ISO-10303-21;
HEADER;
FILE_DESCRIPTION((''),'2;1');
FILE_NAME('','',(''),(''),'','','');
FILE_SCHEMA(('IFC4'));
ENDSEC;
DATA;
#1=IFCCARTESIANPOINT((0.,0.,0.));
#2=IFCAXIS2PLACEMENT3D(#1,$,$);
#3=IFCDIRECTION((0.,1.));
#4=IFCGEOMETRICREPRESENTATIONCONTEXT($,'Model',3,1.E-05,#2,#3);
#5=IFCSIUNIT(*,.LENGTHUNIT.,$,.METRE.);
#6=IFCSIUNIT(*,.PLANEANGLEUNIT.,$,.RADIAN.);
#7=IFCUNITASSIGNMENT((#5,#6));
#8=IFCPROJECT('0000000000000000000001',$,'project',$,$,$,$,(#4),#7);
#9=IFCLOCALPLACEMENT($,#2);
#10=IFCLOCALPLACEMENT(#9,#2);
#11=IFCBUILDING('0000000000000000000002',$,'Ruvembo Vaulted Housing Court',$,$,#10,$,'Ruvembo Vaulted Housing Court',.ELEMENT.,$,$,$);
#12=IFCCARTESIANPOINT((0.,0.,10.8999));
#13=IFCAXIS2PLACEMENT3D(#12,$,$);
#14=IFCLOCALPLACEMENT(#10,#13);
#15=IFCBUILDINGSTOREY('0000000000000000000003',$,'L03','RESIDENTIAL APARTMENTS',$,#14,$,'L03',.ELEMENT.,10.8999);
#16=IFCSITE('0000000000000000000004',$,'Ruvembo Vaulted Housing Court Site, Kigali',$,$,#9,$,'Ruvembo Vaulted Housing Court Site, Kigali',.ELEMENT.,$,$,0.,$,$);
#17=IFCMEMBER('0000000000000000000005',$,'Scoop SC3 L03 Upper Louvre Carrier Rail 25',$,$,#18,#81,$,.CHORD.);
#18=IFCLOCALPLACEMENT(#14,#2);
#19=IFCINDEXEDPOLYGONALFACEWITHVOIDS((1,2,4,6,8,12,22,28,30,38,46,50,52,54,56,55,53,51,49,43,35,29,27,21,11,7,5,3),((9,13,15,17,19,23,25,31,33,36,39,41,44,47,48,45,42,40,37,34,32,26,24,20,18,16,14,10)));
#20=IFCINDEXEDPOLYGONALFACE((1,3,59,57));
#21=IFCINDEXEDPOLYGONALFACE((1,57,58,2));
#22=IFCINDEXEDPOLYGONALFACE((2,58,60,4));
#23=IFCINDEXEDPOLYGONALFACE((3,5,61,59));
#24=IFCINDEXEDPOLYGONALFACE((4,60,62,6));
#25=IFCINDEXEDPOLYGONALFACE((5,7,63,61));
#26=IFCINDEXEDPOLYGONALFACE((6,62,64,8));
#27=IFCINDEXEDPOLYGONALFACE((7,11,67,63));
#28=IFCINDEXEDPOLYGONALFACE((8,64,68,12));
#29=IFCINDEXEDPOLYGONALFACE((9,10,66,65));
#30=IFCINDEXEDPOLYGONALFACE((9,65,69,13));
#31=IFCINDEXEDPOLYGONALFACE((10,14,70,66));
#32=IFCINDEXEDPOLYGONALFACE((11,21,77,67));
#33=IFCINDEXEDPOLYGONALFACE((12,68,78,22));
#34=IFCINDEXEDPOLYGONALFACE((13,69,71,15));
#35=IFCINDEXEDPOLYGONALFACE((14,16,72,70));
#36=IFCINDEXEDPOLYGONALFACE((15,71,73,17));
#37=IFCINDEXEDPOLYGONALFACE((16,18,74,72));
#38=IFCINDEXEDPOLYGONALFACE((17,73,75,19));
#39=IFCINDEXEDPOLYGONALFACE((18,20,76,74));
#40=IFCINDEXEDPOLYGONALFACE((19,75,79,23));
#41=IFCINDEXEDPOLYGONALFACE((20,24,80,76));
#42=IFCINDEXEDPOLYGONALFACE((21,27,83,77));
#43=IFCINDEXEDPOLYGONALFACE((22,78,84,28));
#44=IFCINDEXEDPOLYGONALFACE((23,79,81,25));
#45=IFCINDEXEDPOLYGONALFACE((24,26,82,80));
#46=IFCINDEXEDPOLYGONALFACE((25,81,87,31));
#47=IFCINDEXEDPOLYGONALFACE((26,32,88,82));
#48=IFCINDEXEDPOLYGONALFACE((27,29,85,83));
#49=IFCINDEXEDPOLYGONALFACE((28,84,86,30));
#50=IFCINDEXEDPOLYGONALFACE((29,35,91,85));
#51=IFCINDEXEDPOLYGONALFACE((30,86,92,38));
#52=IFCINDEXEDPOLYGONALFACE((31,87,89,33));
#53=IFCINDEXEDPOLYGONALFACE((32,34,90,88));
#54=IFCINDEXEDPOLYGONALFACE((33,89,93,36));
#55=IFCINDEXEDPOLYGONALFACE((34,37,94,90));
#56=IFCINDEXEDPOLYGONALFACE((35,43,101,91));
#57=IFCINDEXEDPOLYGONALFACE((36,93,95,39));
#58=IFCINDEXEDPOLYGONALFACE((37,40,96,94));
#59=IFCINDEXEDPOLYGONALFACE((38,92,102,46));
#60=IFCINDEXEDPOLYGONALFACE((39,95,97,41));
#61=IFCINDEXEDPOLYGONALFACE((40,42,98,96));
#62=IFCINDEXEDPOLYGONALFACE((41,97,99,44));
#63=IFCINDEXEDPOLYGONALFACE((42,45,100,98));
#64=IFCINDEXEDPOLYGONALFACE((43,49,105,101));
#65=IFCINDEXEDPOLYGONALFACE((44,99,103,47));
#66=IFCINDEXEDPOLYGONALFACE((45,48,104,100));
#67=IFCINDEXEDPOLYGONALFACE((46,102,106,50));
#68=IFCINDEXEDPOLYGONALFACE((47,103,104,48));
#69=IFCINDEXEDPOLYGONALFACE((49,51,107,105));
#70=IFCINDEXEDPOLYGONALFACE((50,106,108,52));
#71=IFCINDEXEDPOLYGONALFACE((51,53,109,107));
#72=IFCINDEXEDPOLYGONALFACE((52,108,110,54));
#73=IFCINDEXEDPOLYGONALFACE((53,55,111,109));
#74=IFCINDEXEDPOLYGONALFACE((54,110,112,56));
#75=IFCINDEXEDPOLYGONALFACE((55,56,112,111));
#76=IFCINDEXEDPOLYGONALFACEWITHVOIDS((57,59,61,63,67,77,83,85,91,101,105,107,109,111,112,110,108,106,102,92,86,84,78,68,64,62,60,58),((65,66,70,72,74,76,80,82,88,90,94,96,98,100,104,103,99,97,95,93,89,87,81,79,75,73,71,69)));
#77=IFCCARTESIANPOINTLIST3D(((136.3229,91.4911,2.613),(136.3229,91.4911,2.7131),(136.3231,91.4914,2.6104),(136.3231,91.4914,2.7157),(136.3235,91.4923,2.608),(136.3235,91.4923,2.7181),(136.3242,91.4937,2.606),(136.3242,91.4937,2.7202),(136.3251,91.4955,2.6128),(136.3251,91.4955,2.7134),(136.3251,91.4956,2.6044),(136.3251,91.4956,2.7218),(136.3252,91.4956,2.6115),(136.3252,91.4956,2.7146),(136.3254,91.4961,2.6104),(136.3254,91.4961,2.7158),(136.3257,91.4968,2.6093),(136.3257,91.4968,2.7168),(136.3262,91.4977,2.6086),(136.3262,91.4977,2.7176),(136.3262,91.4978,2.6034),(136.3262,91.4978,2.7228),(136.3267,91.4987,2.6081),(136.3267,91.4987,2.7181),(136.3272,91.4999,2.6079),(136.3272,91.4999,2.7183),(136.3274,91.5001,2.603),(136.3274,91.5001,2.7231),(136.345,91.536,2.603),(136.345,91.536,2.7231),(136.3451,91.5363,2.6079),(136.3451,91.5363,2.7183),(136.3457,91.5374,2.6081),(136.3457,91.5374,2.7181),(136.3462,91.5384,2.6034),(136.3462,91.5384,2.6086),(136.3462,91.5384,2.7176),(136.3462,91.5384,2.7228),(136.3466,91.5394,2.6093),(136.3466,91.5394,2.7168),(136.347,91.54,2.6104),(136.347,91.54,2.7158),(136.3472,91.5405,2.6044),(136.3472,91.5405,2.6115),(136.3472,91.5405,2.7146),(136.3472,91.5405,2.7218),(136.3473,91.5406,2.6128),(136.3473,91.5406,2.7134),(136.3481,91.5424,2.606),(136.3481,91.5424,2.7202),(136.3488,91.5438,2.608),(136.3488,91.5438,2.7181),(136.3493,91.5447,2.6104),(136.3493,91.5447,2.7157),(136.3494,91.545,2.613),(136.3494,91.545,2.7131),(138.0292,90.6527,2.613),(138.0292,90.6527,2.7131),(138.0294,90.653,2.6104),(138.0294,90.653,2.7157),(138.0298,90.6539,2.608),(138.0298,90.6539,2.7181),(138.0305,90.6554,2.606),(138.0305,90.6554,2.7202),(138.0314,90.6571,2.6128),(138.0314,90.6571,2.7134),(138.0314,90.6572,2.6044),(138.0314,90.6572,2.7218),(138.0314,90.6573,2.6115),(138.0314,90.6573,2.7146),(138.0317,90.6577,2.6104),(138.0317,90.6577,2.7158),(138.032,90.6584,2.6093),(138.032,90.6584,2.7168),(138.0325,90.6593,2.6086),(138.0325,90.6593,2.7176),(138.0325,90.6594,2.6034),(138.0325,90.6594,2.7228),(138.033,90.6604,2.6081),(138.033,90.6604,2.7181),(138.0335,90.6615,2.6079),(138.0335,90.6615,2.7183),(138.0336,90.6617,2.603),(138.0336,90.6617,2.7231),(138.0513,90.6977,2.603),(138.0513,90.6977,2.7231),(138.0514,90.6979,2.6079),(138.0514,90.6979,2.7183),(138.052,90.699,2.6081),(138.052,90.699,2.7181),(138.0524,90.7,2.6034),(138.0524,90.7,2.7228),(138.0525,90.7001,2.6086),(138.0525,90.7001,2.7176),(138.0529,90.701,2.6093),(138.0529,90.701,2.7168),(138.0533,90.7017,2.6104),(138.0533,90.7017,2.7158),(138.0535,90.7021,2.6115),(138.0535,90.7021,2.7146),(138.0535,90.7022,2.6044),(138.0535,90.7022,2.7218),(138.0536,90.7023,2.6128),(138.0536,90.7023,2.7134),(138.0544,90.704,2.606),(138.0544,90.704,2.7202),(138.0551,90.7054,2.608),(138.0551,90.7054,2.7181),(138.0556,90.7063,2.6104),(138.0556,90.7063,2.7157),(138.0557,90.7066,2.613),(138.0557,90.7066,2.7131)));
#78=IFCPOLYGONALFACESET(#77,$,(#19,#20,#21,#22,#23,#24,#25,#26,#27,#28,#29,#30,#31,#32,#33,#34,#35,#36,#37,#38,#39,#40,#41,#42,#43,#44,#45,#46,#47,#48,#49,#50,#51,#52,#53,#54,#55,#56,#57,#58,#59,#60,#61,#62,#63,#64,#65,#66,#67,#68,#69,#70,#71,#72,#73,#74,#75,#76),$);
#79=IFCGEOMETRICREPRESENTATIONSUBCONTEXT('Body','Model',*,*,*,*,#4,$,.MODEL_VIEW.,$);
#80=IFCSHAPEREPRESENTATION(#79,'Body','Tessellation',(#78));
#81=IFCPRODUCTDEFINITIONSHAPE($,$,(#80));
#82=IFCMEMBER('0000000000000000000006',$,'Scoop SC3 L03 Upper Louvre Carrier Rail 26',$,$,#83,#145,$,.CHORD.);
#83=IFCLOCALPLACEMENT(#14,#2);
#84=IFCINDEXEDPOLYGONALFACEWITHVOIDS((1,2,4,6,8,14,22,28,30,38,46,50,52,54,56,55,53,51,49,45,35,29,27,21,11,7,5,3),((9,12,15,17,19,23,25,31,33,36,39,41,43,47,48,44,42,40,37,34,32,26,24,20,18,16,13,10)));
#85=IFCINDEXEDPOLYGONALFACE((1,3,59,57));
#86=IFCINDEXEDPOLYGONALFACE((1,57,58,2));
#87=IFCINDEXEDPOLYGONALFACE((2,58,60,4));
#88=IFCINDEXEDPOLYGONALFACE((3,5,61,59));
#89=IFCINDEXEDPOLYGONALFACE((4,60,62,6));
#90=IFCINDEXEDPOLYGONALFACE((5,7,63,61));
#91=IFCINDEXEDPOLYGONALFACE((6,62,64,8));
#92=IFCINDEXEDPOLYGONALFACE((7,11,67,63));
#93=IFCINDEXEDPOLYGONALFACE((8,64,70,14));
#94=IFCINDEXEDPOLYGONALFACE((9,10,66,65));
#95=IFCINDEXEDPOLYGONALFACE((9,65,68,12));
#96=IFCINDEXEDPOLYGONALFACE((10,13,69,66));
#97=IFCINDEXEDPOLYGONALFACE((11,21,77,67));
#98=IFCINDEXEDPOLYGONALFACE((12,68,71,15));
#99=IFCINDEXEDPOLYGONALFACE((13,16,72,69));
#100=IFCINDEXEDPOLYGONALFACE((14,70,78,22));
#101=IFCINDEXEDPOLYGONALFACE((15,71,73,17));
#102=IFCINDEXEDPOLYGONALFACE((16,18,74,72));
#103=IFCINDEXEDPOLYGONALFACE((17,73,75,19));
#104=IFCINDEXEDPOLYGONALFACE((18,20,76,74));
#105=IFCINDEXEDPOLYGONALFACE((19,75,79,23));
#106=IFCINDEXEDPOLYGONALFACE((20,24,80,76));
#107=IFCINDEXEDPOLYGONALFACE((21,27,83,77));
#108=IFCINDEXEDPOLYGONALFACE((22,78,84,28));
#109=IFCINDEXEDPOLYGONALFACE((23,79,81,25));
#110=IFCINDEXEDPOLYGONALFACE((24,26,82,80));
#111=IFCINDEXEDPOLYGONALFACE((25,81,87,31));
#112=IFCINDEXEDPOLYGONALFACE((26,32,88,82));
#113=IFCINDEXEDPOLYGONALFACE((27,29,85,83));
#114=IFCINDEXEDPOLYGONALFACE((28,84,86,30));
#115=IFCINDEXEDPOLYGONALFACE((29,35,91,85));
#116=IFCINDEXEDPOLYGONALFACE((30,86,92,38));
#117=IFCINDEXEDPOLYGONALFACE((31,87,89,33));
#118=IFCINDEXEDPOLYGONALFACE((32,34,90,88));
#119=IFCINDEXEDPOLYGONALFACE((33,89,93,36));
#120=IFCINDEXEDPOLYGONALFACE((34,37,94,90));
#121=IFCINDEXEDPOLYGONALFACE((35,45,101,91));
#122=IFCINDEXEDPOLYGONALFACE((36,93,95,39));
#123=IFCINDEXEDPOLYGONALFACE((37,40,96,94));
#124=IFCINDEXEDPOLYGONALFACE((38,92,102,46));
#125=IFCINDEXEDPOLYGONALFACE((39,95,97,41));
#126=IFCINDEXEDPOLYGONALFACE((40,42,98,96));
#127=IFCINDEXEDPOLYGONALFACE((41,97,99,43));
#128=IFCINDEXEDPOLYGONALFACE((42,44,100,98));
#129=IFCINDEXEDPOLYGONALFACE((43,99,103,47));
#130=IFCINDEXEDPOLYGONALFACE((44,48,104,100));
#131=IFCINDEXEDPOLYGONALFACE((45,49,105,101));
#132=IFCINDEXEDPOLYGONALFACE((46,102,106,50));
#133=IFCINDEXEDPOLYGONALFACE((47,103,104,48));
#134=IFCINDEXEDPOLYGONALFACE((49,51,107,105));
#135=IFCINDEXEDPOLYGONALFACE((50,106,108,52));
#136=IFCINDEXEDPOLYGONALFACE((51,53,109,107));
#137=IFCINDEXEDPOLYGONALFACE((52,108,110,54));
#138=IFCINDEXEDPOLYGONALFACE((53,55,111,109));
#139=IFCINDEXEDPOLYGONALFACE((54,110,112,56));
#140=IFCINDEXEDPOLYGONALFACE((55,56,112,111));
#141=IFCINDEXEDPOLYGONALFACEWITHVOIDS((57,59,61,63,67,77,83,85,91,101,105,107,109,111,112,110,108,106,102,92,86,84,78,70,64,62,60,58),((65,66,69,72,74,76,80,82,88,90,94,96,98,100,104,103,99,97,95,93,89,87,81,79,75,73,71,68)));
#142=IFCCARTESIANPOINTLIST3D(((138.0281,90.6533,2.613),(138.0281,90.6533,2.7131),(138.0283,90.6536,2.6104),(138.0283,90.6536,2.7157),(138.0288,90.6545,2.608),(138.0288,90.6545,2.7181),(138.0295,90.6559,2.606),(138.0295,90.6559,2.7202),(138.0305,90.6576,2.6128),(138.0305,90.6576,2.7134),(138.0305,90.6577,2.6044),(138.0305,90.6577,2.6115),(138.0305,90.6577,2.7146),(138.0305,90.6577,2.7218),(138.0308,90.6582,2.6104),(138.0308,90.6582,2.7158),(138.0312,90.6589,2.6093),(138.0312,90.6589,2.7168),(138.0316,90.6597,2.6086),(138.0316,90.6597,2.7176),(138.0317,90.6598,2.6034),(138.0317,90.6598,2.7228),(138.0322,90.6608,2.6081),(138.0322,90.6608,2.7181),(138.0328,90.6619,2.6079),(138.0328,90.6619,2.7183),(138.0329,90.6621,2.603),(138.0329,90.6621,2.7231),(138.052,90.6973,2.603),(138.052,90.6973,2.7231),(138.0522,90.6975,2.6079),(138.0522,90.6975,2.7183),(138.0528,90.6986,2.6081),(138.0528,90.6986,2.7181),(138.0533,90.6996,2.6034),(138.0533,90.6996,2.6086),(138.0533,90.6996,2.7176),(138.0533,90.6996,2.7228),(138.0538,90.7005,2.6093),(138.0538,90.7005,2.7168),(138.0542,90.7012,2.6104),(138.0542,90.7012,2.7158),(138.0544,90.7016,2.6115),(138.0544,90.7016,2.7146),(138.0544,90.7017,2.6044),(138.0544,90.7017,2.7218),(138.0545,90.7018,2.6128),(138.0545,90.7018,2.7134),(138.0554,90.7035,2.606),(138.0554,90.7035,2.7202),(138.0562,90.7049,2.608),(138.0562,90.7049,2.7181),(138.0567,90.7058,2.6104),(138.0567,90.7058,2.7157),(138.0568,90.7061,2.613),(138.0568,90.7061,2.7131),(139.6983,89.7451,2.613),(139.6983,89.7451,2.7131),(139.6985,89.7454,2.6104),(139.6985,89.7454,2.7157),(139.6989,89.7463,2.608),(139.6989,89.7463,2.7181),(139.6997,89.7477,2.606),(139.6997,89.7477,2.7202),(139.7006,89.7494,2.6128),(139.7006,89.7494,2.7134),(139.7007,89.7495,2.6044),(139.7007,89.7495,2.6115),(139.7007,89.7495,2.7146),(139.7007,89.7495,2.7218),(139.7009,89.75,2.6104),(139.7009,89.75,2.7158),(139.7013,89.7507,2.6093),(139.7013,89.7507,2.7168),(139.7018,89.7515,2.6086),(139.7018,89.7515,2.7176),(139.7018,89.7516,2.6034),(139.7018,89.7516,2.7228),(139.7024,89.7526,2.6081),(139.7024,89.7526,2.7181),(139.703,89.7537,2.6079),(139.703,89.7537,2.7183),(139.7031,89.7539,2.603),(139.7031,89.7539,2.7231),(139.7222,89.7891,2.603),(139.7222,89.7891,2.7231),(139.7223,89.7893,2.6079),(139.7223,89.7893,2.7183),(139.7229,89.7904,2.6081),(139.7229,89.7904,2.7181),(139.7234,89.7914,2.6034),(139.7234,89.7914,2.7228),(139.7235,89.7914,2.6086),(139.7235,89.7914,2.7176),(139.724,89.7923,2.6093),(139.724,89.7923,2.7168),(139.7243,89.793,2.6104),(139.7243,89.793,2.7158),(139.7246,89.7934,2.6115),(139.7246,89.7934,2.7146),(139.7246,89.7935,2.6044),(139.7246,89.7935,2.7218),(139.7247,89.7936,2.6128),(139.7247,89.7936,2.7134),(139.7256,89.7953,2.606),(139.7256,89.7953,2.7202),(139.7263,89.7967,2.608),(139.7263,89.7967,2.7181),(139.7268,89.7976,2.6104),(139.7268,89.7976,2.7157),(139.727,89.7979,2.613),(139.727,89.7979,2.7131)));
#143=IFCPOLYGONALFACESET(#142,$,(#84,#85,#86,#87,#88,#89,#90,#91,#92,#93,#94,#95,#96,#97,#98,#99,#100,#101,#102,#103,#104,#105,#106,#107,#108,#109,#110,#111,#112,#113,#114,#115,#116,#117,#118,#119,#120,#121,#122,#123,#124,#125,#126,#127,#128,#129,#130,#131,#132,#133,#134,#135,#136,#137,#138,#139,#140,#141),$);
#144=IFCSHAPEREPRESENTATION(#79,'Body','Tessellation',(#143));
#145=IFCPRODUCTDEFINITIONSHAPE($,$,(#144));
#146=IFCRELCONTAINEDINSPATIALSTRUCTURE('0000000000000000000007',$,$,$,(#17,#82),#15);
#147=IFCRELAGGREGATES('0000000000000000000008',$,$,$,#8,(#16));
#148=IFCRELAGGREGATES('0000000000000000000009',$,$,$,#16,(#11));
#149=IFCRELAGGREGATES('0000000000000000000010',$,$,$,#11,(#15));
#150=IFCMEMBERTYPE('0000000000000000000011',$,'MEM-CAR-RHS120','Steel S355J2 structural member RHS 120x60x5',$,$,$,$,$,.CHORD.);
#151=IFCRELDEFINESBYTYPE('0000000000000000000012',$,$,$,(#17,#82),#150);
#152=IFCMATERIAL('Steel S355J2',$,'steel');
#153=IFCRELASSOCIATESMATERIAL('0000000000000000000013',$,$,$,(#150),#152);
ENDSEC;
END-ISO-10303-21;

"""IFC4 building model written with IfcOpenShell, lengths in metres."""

from ifc_helpers import new_model, si_unit, direction, frame, origin, origin_2d, place, context, subcontext, project, spatial, hollow_rectangle, extrude, material, material_profile, profile_set, type_object, element, save


model = new_model("IFC4")

# Units and contexts
model_context = context("Model", 3, precision=1e-05, world=origin(), true_north=direction((0.0, 1.0)))
body_context = subcontext(model_context, "Body", "Model", "MODEL_VIEW")
ifc_project = project(units=[si_unit("LENGTHUNIT", "METRE"), si_unit("PLANEANGLEUNIT", "RADIAN")], contexts=[model_context])

# Site, building, storey
site_placement = place(None, origin())
site = spatial("IfcSite", under=ifc_project, at=site_placement, Name="Ruvembo Vaulted Housing Court Site, Kigali", LongName="Ruvembo Vaulted Housing Court Site, Kigali", CompositionType="ELEMENT", RefElevation=0.0)
building_placement = place(site_placement, origin())
building = spatial("IfcBuilding", under=site, at=building_placement, Name="Ruvembo Vaulted Housing Court", LongName="Ruvembo Vaulted Housing Court", CompositionType="ELEMENT")
storey_placement = place(building_placement, frame((0.0, 0.0, 10.8999)))
storey = spatial("IfcBuildingStorey", under=building, at=storey_placement, Name="L03", Description="RESIDENTIAL APARTMENTS", LongName="L03", CompositionType="ELEMENT", Elevation=10.8999)

# Shared definitions
ifc_material_1 = material(Name="Steel S355J2", Category="steel")

# Members
ifc_material_profile_1 = material_profile(ifc_material_1, hollow_rectangle(XDim=0.0601, YDim=0.1201, WallThickness=0.0049, InnerFilletRadius=0.0049, OuterFilletRadius=0.01, at=origin_2d()), Name="RHS 120x60x5")
ifc_profile_set_1 = profile_set([ifc_material_profile_1], Name="Steel S355J2")
member_type_1 = type_object("IfcMemberType", Name="MEM-CAR-RHS120", Description="Steel S355J2 structural member RHS 120x60x5", PredefinedType="CHORD", material=ifc_profile_set_1)
for number, where, z_axis, x_axis, name in (
    (1, (136.3362, 91.5181, 2.6631), (0.897513, -0.440987, 0.0), (0.440987, 0.897513, 0.0), "Scoop SC3 L03 Upper Louvre Carrier Rail 25"),
    (2, (138.0425, 90.6797, 2.6631), (0.878513, -0.477718, 0.0), (0.477718, 0.878513, 0.0), "Scoop SC3 L03 Upper Louvre Carrier Rail 26"),
):
    element("IfcMember", number, at=place(storey_placement, frame(where, z_axis=z_axis, x_axis=x_axis)), inside=storey, type_object=member_type_1, Name=name, PredefinedType="CHORD", context=body_context, shape_type="SweptSolid", body=[
        extrude(hollow_rectangle(XDim=0.0601, YDim=0.1201, WallThickness=0.0049, InnerFilletRadius=0.0049, OuterFilletRadius=0.01, at=origin_2d()), origin(), (0.0, 0.0, 1.0), 1.9011),
    ])

save(model, "model.ifc")
